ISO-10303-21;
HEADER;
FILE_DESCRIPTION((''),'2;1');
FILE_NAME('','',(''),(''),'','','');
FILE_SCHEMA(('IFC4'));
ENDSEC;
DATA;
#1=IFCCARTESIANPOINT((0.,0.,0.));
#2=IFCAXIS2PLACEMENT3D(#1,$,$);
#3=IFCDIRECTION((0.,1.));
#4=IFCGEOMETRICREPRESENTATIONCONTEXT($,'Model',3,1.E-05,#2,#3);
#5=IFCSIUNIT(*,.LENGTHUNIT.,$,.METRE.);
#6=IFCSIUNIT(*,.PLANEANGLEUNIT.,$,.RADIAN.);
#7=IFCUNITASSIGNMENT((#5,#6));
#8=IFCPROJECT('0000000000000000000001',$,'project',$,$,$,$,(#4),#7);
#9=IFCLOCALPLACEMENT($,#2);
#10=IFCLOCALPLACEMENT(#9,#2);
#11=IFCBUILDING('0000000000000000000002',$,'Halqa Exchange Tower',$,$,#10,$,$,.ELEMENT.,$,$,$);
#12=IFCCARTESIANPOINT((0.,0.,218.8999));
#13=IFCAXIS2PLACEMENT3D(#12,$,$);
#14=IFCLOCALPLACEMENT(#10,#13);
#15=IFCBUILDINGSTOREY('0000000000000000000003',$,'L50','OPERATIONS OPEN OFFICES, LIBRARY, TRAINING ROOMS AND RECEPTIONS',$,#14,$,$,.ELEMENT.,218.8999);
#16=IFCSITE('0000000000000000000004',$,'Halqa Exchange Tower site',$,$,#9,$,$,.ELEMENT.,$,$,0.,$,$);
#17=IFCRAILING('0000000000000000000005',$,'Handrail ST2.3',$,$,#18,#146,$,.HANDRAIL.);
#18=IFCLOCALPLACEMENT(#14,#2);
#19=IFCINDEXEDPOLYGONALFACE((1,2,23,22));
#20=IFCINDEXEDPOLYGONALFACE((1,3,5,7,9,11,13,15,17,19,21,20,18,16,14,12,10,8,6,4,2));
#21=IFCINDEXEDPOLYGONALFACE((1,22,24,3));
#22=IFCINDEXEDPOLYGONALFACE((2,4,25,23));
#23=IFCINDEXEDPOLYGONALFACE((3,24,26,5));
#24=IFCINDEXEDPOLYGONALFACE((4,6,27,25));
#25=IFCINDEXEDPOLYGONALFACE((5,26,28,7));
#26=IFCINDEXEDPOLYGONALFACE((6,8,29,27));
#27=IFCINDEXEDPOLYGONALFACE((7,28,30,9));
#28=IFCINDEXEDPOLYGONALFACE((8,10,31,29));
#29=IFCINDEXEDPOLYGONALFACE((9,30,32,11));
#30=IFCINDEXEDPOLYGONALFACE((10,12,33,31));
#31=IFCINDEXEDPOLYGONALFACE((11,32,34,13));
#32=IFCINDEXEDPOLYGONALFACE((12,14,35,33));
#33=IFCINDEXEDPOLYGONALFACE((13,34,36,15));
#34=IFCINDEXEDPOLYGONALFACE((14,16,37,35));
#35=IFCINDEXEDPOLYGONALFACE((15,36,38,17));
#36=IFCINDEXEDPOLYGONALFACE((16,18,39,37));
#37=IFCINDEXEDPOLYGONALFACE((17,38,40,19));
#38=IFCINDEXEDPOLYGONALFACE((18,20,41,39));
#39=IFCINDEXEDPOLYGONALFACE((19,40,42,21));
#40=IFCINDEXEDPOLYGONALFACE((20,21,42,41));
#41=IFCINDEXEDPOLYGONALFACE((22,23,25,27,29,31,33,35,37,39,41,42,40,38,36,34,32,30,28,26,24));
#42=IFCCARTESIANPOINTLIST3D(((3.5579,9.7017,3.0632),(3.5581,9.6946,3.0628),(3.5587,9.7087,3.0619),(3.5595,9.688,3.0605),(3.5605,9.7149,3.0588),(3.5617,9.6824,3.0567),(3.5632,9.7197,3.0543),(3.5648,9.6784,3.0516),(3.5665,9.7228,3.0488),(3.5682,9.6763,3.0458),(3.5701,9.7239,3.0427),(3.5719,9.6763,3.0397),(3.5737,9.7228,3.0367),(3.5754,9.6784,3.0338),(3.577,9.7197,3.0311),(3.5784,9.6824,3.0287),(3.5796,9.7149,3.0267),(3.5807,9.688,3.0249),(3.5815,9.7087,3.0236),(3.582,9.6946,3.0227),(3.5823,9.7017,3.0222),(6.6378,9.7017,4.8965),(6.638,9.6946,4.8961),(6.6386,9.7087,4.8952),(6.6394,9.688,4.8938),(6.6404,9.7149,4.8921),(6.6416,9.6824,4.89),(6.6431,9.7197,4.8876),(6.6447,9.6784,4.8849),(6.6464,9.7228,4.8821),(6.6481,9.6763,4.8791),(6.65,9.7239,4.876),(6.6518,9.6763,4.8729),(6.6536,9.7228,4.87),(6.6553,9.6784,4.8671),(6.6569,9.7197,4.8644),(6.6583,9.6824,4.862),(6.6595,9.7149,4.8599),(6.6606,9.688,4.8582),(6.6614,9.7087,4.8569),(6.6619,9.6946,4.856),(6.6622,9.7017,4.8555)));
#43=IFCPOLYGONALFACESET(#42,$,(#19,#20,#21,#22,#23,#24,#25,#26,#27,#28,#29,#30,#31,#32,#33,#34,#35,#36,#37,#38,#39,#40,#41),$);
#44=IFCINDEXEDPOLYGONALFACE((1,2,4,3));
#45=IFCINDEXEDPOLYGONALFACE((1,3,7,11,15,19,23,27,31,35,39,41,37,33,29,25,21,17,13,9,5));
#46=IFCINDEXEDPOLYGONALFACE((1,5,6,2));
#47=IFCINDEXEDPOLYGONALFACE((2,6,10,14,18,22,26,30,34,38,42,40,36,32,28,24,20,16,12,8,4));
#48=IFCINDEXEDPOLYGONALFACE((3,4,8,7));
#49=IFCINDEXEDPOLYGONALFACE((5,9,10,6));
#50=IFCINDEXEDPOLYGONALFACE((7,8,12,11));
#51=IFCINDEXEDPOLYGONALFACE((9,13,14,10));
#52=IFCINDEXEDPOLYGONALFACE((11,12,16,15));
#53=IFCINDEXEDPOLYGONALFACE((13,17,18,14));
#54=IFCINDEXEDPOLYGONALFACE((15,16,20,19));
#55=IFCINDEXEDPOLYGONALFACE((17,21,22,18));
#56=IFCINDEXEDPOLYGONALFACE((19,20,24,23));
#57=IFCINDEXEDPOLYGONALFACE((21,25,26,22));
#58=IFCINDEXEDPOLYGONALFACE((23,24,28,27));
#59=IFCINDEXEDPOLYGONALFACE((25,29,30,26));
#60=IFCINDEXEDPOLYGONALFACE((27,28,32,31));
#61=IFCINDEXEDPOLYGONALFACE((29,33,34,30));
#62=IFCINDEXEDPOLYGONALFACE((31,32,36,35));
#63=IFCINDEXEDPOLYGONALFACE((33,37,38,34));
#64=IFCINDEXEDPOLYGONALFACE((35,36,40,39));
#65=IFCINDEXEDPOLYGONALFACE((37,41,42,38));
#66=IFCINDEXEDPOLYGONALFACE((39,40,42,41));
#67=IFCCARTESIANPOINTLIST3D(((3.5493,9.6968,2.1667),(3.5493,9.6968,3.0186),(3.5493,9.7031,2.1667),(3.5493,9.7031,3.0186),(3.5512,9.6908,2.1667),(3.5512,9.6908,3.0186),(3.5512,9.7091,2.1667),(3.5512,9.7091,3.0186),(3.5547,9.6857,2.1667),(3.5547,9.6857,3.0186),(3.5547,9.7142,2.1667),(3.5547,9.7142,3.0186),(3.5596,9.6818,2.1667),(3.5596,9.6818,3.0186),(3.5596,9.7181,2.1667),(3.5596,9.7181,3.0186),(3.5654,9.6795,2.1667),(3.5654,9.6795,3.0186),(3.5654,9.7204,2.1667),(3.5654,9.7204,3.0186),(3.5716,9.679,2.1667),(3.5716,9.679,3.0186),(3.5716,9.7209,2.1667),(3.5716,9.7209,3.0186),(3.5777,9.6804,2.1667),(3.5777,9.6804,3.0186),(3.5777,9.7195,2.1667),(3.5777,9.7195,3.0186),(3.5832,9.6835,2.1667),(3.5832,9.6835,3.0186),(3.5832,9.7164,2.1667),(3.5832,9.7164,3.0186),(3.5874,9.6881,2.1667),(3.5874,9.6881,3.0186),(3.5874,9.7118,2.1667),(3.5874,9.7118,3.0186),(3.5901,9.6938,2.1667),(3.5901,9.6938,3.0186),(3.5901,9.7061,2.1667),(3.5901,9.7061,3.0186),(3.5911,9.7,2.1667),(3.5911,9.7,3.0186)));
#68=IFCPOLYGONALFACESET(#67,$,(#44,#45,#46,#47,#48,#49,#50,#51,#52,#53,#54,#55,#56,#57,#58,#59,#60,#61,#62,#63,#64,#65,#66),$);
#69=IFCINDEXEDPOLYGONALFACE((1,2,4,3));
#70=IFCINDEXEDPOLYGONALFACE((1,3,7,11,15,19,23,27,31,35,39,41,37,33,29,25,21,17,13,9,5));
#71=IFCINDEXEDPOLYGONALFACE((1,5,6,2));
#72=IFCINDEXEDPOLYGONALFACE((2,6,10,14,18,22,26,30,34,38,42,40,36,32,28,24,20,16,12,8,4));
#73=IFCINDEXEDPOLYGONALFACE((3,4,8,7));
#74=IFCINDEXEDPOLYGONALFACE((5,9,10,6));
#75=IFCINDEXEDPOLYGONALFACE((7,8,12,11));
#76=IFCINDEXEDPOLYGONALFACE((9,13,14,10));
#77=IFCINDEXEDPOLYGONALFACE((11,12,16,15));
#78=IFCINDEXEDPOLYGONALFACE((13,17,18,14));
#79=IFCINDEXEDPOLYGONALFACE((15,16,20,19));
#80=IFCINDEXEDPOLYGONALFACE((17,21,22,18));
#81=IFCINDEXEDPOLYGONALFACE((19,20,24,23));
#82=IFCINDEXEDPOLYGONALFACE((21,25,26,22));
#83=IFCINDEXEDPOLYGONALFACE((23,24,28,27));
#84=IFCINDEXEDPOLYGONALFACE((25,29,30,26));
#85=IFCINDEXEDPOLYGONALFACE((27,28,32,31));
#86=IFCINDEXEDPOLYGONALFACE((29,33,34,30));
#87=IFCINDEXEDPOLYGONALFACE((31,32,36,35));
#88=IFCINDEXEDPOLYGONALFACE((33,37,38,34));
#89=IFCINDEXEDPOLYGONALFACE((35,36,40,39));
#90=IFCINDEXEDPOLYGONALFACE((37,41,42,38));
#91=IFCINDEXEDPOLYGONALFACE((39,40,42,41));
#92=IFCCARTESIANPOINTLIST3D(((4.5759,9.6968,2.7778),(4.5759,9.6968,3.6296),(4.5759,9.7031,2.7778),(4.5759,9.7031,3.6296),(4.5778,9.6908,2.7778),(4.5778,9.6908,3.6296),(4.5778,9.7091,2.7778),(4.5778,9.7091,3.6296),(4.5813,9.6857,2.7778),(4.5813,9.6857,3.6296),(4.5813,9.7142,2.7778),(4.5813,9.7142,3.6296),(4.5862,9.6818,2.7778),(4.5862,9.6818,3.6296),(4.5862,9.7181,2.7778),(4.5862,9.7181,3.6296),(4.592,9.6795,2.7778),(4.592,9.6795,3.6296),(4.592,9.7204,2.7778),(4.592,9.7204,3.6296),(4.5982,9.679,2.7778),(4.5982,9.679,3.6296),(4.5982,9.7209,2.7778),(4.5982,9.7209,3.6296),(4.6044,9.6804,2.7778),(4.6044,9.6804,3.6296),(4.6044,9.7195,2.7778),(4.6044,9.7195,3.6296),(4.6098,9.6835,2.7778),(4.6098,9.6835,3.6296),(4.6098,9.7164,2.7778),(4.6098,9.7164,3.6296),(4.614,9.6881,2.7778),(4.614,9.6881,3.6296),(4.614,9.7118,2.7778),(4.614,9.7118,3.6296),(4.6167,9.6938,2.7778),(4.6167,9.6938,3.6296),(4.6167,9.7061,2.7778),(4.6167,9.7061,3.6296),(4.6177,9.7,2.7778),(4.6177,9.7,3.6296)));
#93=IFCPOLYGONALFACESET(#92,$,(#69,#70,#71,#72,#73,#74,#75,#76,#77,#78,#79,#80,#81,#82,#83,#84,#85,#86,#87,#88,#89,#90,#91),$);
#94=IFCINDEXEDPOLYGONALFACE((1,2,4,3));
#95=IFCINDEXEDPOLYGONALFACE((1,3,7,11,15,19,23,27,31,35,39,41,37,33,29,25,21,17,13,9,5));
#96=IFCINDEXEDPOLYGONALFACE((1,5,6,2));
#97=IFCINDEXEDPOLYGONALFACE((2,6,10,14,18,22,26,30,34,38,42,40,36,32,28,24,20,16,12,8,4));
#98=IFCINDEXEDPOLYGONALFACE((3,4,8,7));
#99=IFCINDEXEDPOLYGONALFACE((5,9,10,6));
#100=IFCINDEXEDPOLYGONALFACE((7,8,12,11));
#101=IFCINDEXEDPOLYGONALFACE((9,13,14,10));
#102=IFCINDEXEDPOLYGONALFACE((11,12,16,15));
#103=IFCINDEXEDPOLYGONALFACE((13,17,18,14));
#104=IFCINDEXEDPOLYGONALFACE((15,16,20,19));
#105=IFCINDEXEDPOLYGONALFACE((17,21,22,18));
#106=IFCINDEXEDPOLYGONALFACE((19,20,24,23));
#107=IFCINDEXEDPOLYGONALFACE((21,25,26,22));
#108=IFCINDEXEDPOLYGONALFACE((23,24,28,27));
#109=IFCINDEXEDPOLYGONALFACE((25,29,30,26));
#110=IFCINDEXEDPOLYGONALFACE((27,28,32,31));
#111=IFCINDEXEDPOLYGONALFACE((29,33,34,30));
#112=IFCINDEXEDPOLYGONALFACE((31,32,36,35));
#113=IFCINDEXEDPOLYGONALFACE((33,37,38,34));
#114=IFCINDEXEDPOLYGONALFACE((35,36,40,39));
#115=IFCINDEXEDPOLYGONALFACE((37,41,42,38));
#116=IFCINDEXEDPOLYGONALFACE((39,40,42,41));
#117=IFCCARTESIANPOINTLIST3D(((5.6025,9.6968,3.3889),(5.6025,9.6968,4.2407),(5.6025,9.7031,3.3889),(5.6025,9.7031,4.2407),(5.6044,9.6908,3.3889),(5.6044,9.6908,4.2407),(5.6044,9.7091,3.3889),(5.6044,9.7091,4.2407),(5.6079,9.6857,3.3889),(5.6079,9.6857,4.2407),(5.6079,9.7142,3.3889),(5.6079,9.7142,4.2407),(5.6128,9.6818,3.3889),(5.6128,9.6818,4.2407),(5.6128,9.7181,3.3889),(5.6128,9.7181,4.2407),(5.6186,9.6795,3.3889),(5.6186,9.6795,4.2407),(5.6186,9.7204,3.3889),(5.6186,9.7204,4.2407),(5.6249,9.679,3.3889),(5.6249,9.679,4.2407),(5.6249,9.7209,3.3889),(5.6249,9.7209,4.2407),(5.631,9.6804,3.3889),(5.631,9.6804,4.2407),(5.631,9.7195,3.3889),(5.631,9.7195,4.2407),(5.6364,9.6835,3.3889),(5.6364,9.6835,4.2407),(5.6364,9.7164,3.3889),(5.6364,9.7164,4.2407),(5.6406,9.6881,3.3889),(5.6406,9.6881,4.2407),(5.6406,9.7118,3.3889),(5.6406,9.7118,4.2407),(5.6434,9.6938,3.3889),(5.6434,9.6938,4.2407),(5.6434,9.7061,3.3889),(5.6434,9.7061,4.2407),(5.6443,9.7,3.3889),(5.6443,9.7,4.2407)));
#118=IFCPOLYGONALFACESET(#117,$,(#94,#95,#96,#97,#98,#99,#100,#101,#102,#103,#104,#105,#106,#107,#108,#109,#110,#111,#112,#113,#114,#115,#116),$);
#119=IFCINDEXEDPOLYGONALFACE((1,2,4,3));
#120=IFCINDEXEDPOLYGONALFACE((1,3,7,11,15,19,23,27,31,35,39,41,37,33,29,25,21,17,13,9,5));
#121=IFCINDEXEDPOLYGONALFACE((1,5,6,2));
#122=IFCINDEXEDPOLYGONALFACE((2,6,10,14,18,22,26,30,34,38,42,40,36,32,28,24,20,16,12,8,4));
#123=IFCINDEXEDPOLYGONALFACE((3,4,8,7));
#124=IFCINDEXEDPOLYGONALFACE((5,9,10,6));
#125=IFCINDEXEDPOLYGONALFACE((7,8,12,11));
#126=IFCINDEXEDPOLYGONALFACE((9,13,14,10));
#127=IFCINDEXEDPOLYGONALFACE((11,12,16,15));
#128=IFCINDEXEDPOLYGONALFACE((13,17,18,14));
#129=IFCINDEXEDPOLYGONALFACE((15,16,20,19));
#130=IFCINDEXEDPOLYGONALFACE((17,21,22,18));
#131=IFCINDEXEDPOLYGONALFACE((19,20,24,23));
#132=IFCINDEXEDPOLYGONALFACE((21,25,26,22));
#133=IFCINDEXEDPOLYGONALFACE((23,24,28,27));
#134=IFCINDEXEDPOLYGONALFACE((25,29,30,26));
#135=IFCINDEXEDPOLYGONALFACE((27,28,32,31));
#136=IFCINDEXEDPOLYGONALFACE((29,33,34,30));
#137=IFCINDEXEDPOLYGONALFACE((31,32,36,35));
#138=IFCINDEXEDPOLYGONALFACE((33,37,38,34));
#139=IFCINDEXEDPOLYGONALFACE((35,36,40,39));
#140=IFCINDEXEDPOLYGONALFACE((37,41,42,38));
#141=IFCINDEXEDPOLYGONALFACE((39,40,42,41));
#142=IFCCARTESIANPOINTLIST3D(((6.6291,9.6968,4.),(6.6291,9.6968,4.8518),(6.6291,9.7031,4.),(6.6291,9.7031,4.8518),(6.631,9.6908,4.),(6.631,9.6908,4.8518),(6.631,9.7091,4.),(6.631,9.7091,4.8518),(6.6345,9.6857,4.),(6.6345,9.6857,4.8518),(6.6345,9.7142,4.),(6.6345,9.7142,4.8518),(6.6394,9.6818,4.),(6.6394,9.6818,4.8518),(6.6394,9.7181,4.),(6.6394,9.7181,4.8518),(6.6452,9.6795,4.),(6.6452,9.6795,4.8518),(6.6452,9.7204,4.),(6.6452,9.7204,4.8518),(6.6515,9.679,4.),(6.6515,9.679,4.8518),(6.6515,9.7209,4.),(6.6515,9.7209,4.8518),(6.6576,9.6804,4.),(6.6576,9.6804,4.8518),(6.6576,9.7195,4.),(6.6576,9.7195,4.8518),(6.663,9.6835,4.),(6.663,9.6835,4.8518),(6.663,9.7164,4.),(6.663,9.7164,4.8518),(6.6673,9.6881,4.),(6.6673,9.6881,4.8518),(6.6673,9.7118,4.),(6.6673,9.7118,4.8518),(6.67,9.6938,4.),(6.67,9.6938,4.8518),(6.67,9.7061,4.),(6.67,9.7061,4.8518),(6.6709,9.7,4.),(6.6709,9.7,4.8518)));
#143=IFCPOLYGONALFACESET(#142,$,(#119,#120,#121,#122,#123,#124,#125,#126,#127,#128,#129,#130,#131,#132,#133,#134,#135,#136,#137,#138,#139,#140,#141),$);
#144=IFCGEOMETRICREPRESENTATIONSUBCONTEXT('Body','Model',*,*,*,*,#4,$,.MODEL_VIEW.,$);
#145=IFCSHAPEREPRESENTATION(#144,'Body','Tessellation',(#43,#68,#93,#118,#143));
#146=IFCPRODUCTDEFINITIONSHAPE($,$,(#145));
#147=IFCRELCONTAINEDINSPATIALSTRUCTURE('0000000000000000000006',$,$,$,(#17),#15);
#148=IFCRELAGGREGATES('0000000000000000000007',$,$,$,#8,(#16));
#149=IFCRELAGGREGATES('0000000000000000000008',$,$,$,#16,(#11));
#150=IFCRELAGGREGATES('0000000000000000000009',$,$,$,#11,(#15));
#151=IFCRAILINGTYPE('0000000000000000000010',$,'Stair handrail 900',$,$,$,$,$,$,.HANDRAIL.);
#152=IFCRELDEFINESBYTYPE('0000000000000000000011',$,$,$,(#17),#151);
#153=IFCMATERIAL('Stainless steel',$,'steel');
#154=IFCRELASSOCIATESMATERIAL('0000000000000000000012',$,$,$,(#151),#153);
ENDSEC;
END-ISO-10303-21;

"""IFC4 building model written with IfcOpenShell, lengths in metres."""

from ifc_helpers import new_model, si_unit, direction, frame, origin, origin_2d, place, context, subcontext, project, spatial, circle, extrude, material, type_object, element, save


model = new_model("IFC4")

# Units and contexts
model_context = context("Model", 3, precision=1e-05, world=origin(), true_north=direction((0.0, 1.0)))
body_context = subcontext(model_context, "Body", "Model", "MODEL_VIEW")
ifc_project = project(units=[si_unit("LENGTHUNIT", "METRE"), si_unit("PLANEANGLEUNIT", "RADIAN")], contexts=[model_context])

# Site, building, storey
site_placement = place(None, origin())
site = spatial("IfcSite", under=ifc_project, at=site_placement, Name="Halqa Exchange Tower site", CompositionType="ELEMENT", RefElevation=0.0)
building_placement = place(site_placement, origin())
building = spatial("IfcBuilding", under=site, at=building_placement, Name="Halqa Exchange Tower", CompositionType="ELEMENT")
storey_placement = place(building_placement, frame((0.0, 0.0, 218.8999)))
storey = spatial("IfcBuildingStorey", under=building, at=storey_placement, Name="L50", Description="OPERATIONS OPEN OFFICES, LIBRARY, TRAINING ROOMS AND RECEPTIONS", CompositionType="ELEMENT", Elevation=218.8999)

# Railing
ifc_material_1 = material(Name="Stainless steel", Category="steel")
railing_type_1 = type_object("IfcRailingType", Name="Stair handrail 900", PredefinedType="HANDRAIL", material=ifc_material_1)
railing_1_placement = place(storey_placement, frame((3.5701, 9.7, 2.1667)))
element("IfcRailing", 1, at=railing_1_placement, inside=storey, type_object=railing_type_1, Name="Handrail ST2.3", PredefinedType="HANDRAIL", context=body_context, shape_type="SweptSolid", body=[
    extrude(circle(Radius=0.0239, at=origin_2d()), frame((0.0, 0.0, 0.876), z_axis=(0.859291, 0.0, 0.511487), x_axis=(0.0, 1.0, 0.0)), (0.0, 0.0, 1.0), 3.5842),
    extrude(circle(Radius=0.021, at=origin_2d()), origin(), (0.0, 0.0, 1.0), 0.8518),
    extrude(circle(Radius=0.021, at=origin_2d()), frame((1.0266, 0.0, 0.6111)), (0.0, 0.0, 1.0), 0.8518),
    extrude(circle(Radius=0.021, at=origin_2d()), frame((2.0532, 0.0, 1.2222)), (0.0, 0.0, 1.0), 0.8518),
    extrude(circle(Radius=0.021, at=origin_2d()), frame((3.0798, 0.0, 1.8333)), (0.0, 0.0, 1.0), 0.8518),
])

save(model, "model.ifc")
